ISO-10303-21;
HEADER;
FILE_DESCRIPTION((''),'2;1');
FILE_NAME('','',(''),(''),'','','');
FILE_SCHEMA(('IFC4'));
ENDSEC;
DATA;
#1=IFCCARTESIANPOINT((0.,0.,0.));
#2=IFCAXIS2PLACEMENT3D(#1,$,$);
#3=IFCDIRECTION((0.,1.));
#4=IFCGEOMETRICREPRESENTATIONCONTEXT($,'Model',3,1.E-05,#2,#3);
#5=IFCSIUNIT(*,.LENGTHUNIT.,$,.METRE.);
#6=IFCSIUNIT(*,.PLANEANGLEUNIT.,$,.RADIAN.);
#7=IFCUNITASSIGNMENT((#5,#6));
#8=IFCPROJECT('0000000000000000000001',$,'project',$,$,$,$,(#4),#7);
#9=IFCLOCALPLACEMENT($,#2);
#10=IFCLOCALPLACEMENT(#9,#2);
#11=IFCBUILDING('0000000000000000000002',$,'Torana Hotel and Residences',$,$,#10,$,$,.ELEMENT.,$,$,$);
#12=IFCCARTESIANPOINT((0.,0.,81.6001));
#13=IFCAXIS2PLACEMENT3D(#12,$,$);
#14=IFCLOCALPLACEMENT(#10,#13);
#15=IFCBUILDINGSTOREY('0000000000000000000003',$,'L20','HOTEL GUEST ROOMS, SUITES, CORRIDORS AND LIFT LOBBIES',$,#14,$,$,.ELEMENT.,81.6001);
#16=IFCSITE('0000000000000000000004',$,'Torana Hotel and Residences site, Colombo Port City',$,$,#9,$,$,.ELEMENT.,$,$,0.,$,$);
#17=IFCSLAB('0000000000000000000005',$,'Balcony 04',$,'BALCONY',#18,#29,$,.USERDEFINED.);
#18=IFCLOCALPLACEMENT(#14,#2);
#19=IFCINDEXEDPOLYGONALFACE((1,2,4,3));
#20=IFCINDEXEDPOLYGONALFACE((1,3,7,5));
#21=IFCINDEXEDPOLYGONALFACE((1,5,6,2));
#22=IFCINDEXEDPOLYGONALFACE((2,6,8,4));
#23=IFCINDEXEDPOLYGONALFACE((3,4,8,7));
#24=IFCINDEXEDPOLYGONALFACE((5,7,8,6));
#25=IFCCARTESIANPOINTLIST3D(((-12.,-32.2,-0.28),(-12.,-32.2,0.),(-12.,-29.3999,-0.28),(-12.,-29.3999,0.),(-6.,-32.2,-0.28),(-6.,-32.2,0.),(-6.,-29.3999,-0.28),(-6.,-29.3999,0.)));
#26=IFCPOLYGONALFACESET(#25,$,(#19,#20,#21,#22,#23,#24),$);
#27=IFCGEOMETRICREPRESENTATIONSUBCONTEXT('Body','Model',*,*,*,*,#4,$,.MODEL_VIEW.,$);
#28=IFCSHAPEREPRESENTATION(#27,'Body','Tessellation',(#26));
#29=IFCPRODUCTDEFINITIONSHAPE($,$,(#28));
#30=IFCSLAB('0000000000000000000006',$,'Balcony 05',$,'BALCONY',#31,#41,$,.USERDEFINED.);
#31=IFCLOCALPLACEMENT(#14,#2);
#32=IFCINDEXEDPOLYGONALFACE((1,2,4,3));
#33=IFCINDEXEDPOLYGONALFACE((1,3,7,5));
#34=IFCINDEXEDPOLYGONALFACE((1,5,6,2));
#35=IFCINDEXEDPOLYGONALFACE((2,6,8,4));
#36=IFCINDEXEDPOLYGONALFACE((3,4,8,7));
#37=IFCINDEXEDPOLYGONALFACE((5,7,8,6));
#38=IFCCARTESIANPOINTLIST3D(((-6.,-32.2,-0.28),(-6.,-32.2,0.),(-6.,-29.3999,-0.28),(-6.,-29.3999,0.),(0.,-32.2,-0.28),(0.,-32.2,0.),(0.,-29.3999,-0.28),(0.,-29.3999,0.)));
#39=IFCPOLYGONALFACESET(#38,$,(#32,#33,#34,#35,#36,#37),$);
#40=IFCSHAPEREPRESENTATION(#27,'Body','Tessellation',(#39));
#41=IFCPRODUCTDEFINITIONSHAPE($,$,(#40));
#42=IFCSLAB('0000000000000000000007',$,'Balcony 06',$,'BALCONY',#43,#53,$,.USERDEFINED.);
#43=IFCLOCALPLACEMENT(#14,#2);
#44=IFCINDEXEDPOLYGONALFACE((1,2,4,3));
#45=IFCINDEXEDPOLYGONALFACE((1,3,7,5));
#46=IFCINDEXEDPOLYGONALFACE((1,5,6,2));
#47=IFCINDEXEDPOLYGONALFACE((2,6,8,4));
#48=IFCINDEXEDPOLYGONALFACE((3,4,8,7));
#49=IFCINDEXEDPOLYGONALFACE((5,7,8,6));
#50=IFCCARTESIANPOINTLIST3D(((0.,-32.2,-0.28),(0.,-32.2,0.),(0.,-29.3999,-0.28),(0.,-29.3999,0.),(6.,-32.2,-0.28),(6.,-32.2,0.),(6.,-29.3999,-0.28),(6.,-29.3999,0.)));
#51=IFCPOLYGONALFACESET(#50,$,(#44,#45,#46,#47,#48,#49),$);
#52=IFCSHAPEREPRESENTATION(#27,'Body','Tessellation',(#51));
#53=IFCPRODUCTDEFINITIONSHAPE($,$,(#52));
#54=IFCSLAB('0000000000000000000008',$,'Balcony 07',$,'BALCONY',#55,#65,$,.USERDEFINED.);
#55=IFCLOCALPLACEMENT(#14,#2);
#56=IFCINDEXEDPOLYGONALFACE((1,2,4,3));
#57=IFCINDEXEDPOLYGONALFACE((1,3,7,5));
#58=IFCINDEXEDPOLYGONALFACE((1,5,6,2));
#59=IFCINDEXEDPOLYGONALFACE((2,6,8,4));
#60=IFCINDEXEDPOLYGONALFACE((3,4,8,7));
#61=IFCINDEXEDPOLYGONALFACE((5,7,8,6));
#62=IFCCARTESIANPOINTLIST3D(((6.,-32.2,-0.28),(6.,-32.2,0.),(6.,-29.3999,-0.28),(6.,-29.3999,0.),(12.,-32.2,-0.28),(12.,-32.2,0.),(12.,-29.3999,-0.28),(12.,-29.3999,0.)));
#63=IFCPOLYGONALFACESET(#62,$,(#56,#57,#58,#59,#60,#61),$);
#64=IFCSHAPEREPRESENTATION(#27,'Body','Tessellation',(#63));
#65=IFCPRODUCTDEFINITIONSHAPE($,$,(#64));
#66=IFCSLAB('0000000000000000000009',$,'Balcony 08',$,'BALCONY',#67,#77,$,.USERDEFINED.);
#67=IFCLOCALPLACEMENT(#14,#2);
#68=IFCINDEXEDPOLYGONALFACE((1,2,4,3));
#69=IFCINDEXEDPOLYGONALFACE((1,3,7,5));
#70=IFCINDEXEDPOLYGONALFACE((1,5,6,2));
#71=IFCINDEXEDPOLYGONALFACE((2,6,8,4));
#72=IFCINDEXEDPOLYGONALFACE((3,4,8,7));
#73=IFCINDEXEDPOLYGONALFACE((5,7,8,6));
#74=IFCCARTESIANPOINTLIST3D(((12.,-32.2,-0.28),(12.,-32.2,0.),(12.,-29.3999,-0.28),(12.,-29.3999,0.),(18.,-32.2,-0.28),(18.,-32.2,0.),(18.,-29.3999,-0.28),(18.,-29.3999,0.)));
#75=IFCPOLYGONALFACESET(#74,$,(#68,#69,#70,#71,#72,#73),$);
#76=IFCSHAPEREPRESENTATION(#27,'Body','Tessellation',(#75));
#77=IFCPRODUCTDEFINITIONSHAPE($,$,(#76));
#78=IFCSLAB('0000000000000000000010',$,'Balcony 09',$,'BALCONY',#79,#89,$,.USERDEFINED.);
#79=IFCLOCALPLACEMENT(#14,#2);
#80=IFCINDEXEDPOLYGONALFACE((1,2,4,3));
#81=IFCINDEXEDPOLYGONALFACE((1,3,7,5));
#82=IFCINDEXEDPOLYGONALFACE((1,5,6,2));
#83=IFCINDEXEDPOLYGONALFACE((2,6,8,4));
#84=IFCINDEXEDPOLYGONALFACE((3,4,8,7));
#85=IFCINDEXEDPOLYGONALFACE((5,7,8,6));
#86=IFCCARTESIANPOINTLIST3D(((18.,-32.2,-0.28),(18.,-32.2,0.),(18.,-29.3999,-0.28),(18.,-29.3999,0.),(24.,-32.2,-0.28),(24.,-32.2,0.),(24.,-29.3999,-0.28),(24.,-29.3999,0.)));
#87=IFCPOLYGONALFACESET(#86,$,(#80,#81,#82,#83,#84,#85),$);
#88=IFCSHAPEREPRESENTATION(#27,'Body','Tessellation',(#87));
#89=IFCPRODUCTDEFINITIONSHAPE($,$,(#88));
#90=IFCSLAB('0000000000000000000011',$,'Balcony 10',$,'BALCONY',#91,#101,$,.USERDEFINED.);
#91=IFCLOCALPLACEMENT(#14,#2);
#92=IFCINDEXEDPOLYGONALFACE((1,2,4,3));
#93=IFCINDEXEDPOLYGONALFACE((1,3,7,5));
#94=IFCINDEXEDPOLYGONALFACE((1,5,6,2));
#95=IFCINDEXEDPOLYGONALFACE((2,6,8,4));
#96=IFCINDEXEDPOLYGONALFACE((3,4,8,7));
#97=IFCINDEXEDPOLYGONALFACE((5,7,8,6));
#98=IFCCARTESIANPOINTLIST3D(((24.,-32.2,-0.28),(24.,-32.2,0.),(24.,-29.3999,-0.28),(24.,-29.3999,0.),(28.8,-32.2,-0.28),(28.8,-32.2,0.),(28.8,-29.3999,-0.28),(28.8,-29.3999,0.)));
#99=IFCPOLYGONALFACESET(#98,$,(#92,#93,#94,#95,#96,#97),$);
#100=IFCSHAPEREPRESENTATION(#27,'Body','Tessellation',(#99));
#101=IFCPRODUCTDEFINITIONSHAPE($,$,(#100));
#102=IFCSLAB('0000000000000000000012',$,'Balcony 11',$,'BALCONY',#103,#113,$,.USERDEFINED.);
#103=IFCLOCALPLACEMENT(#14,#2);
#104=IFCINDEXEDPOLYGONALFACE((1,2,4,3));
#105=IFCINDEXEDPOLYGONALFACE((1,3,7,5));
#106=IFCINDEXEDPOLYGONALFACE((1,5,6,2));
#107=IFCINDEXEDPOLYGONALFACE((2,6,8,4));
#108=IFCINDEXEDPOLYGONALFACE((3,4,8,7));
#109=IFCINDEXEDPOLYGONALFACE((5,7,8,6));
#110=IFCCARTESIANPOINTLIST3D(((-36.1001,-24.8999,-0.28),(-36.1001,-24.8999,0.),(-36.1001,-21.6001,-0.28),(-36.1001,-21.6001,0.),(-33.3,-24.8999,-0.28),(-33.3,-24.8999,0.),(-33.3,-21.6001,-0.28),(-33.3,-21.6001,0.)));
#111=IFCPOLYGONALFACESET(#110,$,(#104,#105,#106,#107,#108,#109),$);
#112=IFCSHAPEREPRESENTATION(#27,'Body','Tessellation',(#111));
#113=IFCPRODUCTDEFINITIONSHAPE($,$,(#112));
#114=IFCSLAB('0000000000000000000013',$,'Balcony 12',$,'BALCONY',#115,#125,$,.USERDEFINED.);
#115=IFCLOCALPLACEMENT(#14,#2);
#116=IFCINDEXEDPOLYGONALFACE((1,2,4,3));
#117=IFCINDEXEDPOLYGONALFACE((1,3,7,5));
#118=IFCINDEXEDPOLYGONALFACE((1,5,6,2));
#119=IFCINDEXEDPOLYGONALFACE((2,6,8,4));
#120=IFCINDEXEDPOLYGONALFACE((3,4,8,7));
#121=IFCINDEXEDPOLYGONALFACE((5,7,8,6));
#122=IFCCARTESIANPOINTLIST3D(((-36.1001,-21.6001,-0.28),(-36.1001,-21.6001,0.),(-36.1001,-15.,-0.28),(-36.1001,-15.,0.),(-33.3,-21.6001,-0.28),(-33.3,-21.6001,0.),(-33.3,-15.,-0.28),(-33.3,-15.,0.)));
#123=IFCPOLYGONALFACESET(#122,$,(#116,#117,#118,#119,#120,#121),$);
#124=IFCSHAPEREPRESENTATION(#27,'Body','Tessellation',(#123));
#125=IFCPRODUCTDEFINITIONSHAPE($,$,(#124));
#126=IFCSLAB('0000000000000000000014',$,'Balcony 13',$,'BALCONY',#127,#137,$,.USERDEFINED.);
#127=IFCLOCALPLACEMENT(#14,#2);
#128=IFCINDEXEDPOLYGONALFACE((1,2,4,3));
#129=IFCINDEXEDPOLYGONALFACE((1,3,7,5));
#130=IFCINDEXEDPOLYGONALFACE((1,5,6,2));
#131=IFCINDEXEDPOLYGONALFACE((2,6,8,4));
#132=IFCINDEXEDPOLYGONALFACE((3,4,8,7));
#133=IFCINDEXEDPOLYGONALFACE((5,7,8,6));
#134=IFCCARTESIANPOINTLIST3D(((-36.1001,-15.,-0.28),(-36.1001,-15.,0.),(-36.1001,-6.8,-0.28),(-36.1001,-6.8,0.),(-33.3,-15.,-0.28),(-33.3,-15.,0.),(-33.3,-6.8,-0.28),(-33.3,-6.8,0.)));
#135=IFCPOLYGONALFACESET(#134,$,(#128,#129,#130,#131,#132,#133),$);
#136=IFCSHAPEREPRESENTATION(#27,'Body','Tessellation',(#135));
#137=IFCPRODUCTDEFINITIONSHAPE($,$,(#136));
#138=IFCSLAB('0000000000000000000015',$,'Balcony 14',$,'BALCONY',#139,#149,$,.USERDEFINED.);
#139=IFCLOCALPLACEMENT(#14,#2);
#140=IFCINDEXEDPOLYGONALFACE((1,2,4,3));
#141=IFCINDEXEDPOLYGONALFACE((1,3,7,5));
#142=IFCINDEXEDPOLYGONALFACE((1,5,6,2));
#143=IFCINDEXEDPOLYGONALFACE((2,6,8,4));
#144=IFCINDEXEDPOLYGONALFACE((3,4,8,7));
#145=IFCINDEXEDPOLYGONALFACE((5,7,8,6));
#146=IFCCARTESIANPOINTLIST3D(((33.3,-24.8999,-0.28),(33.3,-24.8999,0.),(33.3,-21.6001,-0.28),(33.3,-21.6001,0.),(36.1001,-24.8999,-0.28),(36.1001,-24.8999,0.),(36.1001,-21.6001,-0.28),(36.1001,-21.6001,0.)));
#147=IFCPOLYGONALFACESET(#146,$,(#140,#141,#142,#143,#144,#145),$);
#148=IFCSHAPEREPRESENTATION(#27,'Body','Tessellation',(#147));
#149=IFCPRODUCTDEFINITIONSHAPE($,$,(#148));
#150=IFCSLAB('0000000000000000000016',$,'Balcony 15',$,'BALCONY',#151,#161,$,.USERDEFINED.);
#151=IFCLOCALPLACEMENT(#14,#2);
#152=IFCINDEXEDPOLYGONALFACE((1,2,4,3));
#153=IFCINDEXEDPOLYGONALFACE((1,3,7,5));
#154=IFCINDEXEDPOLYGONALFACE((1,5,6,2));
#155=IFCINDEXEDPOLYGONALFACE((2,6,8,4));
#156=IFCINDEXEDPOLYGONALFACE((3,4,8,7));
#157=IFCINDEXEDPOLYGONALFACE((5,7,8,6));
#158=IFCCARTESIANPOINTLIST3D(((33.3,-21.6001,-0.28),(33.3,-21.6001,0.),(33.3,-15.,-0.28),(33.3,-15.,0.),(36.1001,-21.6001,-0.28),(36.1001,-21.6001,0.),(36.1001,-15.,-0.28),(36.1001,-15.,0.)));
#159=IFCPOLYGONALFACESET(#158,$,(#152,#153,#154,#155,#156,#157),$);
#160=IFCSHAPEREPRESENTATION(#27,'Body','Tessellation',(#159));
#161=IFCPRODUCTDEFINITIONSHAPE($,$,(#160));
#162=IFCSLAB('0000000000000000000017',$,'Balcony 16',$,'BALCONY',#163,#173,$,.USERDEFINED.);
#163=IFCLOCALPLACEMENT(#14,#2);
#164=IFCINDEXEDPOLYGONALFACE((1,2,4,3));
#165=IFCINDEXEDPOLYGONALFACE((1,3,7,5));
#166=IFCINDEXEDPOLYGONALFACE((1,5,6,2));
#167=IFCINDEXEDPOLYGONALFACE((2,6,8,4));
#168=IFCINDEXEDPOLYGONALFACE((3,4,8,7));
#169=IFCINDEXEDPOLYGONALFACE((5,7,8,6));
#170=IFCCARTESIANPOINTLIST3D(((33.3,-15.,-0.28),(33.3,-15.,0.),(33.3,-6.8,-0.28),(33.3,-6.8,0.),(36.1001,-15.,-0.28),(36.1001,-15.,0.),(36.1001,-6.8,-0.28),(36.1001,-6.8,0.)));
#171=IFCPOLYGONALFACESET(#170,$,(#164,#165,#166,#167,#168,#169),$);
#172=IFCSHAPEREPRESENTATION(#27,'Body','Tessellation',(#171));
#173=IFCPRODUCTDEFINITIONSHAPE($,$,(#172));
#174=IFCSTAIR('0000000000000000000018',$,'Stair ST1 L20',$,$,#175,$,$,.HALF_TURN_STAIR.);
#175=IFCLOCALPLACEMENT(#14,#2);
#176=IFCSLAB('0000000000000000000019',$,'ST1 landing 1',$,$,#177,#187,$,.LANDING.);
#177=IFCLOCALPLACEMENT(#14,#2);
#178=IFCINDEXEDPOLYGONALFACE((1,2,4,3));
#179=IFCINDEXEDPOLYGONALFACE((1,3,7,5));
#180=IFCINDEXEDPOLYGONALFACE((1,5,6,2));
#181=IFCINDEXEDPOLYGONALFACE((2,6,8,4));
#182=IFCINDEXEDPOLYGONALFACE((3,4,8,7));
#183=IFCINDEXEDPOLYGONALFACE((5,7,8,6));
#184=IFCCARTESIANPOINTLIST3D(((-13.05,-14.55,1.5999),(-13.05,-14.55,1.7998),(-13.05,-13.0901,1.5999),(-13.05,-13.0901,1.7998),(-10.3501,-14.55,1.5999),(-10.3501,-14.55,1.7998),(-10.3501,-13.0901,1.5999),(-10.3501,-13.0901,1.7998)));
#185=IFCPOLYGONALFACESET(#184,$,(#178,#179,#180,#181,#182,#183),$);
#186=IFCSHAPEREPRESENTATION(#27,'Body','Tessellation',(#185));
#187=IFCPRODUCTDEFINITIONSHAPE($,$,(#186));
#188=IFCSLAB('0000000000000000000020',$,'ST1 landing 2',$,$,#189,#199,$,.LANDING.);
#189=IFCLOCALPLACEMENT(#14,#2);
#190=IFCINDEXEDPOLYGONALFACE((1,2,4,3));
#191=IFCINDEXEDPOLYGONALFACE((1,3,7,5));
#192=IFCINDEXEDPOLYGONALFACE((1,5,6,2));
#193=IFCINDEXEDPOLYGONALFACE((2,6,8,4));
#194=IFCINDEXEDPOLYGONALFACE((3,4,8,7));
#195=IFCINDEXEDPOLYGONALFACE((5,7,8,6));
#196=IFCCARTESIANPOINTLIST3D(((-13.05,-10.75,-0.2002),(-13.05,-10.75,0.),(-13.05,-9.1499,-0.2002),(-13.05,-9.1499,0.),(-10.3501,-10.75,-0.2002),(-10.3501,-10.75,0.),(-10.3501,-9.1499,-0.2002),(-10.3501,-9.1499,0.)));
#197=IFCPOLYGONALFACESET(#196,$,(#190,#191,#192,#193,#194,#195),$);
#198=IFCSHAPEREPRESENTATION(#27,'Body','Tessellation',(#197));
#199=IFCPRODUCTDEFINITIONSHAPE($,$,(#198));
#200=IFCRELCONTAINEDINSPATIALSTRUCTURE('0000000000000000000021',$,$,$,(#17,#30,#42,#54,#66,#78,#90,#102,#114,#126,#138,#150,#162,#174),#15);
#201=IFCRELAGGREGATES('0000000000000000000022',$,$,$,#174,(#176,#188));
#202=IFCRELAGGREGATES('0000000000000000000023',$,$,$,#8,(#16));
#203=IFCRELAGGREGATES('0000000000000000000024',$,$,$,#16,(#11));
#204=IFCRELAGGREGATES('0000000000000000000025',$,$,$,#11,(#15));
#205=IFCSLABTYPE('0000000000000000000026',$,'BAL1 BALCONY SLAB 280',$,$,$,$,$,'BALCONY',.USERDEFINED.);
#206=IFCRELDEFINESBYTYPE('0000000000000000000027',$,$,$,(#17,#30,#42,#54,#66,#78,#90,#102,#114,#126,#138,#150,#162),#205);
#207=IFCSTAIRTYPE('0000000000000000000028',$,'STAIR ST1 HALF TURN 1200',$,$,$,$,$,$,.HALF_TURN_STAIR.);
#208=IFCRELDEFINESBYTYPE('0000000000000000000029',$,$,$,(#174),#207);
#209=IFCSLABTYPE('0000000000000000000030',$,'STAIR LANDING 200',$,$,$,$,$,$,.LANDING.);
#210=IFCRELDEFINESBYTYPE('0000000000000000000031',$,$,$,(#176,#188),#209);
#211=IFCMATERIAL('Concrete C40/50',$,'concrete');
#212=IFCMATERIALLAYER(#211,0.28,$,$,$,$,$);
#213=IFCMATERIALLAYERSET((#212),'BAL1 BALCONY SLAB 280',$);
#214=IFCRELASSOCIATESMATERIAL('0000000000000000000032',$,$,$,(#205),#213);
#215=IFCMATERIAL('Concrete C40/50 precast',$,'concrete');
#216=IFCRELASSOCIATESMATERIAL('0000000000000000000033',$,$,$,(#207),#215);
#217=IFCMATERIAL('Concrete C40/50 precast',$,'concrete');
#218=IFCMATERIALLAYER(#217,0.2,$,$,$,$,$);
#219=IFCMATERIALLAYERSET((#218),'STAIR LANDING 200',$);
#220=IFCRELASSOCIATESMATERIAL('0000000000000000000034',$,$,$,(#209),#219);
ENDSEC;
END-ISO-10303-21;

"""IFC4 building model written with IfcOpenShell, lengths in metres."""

from ifc_helpers import new_model, si_unit, direction, frame, origin, place, context, subcontext, project, spatial, polyline, outline, extrude, material, layer, layer_set, type_object, element, aggregate, save


model = new_model("IFC4")

# Units and contexts
model_context = context("Model", 3, precision=1e-05, world=origin(), true_north=direction((0.0, 1.0)))
body_context = subcontext(model_context, "Body", "Model", "MODEL_VIEW")
ifc_project = project(units=[si_unit("LENGTHUNIT", "METRE"), si_unit("PLANEANGLEUNIT", "RADIAN")], contexts=[model_context])

# Site, building, storey
site_placement = place(None, origin())
site = spatial("IfcSite", under=ifc_project, at=site_placement, Name="Torana Hotel and Residences site, Colombo Port City", CompositionType="ELEMENT", RefElevation=0.0)
building_placement = place(site_placement, origin())
building = spatial("IfcBuilding", under=site, at=building_placement, Name="Torana Hotel and Residences", CompositionType="ELEMENT")
storey_placement = place(building_placement, frame((0.0, 0.0, 81.6001)))
storey = spatial("IfcBuildingStorey", under=building, at=storey_placement, Name="L20", Description="HOTEL GUEST ROOMS, SUITES, CORRIDORS AND LIFT LOBBIES", CompositionType="ELEMENT", Elevation=81.6001)

# Slabs
ifc_material_1 = material(Name="Concrete C40/50", Category="concrete")
ifc_layer_1 = layer(ifc_material_1, 0.28)
ifc_layer_set_1 = layer_set([ifc_layer_1], Name="BAL1 BALCONY SLAB 280")
slab_type_1 = type_object("IfcSlabType", Name="BAL1 BALCONY SLAB 280", ElementType="BALCONY", PredefinedType="USERDEFINED", material=ifc_layer_set_1)
slab_1_placement = place(storey_placement, frame((0.0, 0.0, -0.28)))
element("IfcSlab", 1, at=slab_1_placement, inside=storey, type_object=slab_type_1, Name="Balcony 04", ObjectType="BALCONY", PredefinedType="USERDEFINED", context=body_context, shape_type="SweptSolid", body=[
    extrude(outline(polyline([(-12.0, -32.2), (-6.0, -32.2), (-6.0, -29.3999), (-12.0, -29.3999), (-12.0, -32.2)])), origin(), (0.0, 0.0, 1.0), 0.28),
])
slab_2_placement = place(storey_placement, frame((0.0, 0.0, -0.28)))
element("IfcSlab", 2, at=slab_2_placement, inside=storey, type_object=slab_type_1, Name="Balcony 05", ObjectType="BALCONY", PredefinedType="USERDEFINED", context=body_context, shape_type="SweptSolid", body=[
    extrude(outline(polyline([(-6.0, -32.2), (0.0, -32.2), (0.0, -29.3999), (-6.0, -29.3999), (-6.0, -32.2)])), origin(), (0.0, 0.0, 1.0), 0.28),
])
slab_3_placement = place(storey_placement, frame((0.0, 0.0, -0.28)))
element("IfcSlab", 3, at=slab_3_placement, inside=storey, type_object=slab_type_1, Name="Balcony 06", ObjectType="BALCONY", PredefinedType="USERDEFINED", context=body_context, shape_type="SweptSolid", body=[
    extrude(outline(polyline([(0.0, -32.2), (6.0, -32.2), (6.0, -29.3999), (0.0, -29.3999), (0.0, -32.2)])), origin(), (0.0, 0.0, 1.0), 0.28),
])
slab_4_placement = place(storey_placement, frame((0.0, 0.0, -0.28)))
element("IfcSlab", 4, at=slab_4_placement, inside=storey, type_object=slab_type_1, Name="Balcony 07", ObjectType="BALCONY", PredefinedType="USERDEFINED", context=body_context, shape_type="SweptSolid", body=[
    extrude(outline(polyline([(6.0, -32.2), (12.0, -32.2), (12.0, -29.3999), (6.0, -29.3999), (6.0, -32.2)])), origin(), (0.0, 0.0, 1.0), 0.28),
])
slab_5_placement = place(storey_placement, frame((0.0, 0.0, -0.28)))
element("IfcSlab", 5, at=slab_5_placement, inside=storey, type_object=slab_type_1, Name="Balcony 08", ObjectType="BALCONY", PredefinedType="USERDEFINED", context=body_context, shape_type="SweptSolid", body=[
    extrude(outline(polyline([(12.0, -32.2), (18.0, -32.2), (18.0, -29.3999), (12.0, -29.3999), (12.0, -32.2)])), origin(), (0.0, 0.0, 1.0), 0.28),
])
slab_6_placement = place(storey_placement, frame((0.0, 0.0, -0.28)))
element("IfcSlab", 6, at=slab_6_placement, inside=storey, type_object=slab_type_1, Name="Balcony 09", ObjectType="BALCONY", PredefinedType="USERDEFINED", context=body_context, shape_type="SweptSolid", body=[
    extrude(outline(polyline([(18.0, -32.2), (24.0, -32.2), (24.0, -29.3999), (18.0, -29.3999), (18.0, -32.2)])), origin(), (0.0, 0.0, 1.0), 0.28),
])
slab_7_placement = place(storey_placement, frame((0.0, 0.0, -0.28)))
element("IfcSlab", 7, at=slab_7_placement, inside=storey, type_object=slab_type_1, Name="Balcony 10", ObjectType="BALCONY", PredefinedType="USERDEFINED", context=body_context, shape_type="SweptSolid", body=[
    extrude(outline(polyline([(24.0, -32.2), (28.8, -32.2), (28.8, -29.3999), (24.0, -29.3999), (24.0, -32.2)])), origin(), (0.0, 0.0, 1.0), 0.28),
])
slab_8_placement = place(storey_placement, frame((0.0, 0.0, -0.28)))
element("IfcSlab", 8, at=slab_8_placement, inside=storey, type_object=slab_type_1, Name="Balcony 11", ObjectType="BALCONY", PredefinedType="USERDEFINED", context=body_context, shape_type="SweptSolid", body=[
    extrude(outline(polyline([(-36.1001, -24.8999), (-33.3, -24.8999), (-33.3, -21.6001), (-36.1001, -21.6001), (-36.1001, -24.8999)])), origin(), (0.0, 0.0, 1.0), 0.28),
])
slab_9_placement = place(storey_placement, frame((0.0, 0.0, -0.28)))
element("IfcSlab", 9, at=slab_9_placement, inside=storey, type_object=slab_type_1, Name="Balcony 12", ObjectType="BALCONY", PredefinedType="USERDEFINED", context=body_context, shape_type="SweptSolid", body=[
    extrude(outline(polyline([(-36.1001, -21.6001), (-33.3, -21.6001), (-33.3, -15.0), (-36.1001, -15.0), (-36.1001, -21.6001)])), origin(), (0.0, 0.0, 1.0), 0.28),
])
slab_10_placement = place(storey_placement, frame((0.0, 0.0, -0.28)))
element("IfcSlab", 10, at=slab_10_placement, inside=storey, type_object=slab_type_1, Name="Balcony 13", ObjectType="BALCONY", PredefinedType="USERDEFINED", context=body_context, shape_type="SweptSolid", body=[
    extrude(outline(polyline([(-36.1001, -15.0), (-33.3, -15.0), (-33.3, -6.8), (-36.1001, -6.8), (-36.1001, -15.0)])), origin(), (0.0, 0.0, 1.0), 0.28),
])
slab_11_placement = place(storey_placement, frame((0.0, 0.0, -0.28)))
element("IfcSlab", 11, at=slab_11_placement, inside=storey, type_object=slab_type_1, Name="Balcony 14", ObjectType="BALCONY", PredefinedType="USERDEFINED", context=body_context, shape_type="SweptSolid", body=[
    extrude(outline(polyline([(33.3, -24.8999), (36.1001, -24.8999), (36.1001, -21.6001), (33.3, -21.6001), (33.3, -24.8999)])), origin(), (0.0, 0.0, 1.0), 0.28),
])
slab_12_placement = place(storey_placement, frame((0.0, 0.0, -0.28)))
element("IfcSlab", 12, at=slab_12_placement, inside=storey, type_object=slab_type_1, Name="Balcony 15", ObjectType="BALCONY", PredefinedType="USERDEFINED", context=body_context, shape_type="SweptSolid", body=[
    extrude(outline(polyline([(33.3, -21.6001), (36.1001, -21.6001), (36.1001, -15.0), (33.3, -15.0), (33.3, -21.6001)])), origin(), (0.0, 0.0, 1.0), 0.28),
])
slab_13_placement = place(storey_placement, frame((0.0, 0.0, -0.28)))
element("IfcSlab", 13, at=slab_13_placement, inside=storey, type_object=slab_type_1, Name="Balcony 16", ObjectType="BALCONY", PredefinedType="USERDEFINED", context=body_context, shape_type="SweptSolid", body=[
    extrude(outline(polyline([(33.3, -15.0), (36.1001, -15.0), (36.1001, -6.8), (33.3, -6.8), (33.3, -15.0)])), origin(), (0.0, 0.0, 1.0), 0.28),
])

# Stair, slabs
ifc_material_2 = material(Name="Concrete C40/50 precast", Category="concrete")
stair_type_1 = type_object("IfcStairType", Name="STAIR ST1 HALF TURN 1200", PredefinedType="HALF_TURN_STAIR", material=ifc_material_2)
stair_1_placement = place(storey_placement, origin())
stair_1 = element("IfcStair", 14, at=stair_1_placement, inside=storey, type_object=stair_type_1, Name="Stair ST1 L20", PredefinedType="HALF_TURN_STAIR")
ifc_material_3 = material(Name="Concrete C40/50 precast", Category="concrete")
ifc_layer_2 = layer(ifc_material_3, 0.2)
ifc_layer_set_2 = layer_set([ifc_layer_2], Name="STAIR LANDING 200")
slab_type_2 = type_object("IfcSlabType", Name="STAIR LANDING 200", PredefinedType="LANDING", material=ifc_layer_set_2)
slab_14_placement = place(storey_placement, frame((0.0, 0.0, 1.5999)))
slab_14 = element("IfcSlab", 15, at=slab_14_placement, type_object=slab_type_2, Name="ST1 landing 1", PredefinedType="LANDING", context=body_context, shape_type="SweptSolid", body=[
    extrude(outline(polyline([(-13.05, -14.55), (-10.3501, -14.55), (-10.3501, -13.0901), (-13.05, -13.0901), (-13.05, -14.55)])), origin(), (0.0, 0.0, 1.0), 0.2),
])
slab_15_placement = place(storey_placement, frame((0.0, 0.0, -0.2002)))
slab_15 = element("IfcSlab", 16, at=slab_15_placement, type_object=slab_type_2, Name="ST1 landing 2", PredefinedType="LANDING", context=body_context, shape_type="SweptSolid", body=[
    extrude(outline(polyline([(-13.05, -10.75), (-10.3501, -10.75), (-10.3501, -9.1499), (-13.05, -9.1499), (-13.05, -10.75)])), origin(), (0.0, 0.0, 1.0), 0.2002),
])
aggregate(stair_1, [slab_14, slab_15])

save(model, "model.ifc")
